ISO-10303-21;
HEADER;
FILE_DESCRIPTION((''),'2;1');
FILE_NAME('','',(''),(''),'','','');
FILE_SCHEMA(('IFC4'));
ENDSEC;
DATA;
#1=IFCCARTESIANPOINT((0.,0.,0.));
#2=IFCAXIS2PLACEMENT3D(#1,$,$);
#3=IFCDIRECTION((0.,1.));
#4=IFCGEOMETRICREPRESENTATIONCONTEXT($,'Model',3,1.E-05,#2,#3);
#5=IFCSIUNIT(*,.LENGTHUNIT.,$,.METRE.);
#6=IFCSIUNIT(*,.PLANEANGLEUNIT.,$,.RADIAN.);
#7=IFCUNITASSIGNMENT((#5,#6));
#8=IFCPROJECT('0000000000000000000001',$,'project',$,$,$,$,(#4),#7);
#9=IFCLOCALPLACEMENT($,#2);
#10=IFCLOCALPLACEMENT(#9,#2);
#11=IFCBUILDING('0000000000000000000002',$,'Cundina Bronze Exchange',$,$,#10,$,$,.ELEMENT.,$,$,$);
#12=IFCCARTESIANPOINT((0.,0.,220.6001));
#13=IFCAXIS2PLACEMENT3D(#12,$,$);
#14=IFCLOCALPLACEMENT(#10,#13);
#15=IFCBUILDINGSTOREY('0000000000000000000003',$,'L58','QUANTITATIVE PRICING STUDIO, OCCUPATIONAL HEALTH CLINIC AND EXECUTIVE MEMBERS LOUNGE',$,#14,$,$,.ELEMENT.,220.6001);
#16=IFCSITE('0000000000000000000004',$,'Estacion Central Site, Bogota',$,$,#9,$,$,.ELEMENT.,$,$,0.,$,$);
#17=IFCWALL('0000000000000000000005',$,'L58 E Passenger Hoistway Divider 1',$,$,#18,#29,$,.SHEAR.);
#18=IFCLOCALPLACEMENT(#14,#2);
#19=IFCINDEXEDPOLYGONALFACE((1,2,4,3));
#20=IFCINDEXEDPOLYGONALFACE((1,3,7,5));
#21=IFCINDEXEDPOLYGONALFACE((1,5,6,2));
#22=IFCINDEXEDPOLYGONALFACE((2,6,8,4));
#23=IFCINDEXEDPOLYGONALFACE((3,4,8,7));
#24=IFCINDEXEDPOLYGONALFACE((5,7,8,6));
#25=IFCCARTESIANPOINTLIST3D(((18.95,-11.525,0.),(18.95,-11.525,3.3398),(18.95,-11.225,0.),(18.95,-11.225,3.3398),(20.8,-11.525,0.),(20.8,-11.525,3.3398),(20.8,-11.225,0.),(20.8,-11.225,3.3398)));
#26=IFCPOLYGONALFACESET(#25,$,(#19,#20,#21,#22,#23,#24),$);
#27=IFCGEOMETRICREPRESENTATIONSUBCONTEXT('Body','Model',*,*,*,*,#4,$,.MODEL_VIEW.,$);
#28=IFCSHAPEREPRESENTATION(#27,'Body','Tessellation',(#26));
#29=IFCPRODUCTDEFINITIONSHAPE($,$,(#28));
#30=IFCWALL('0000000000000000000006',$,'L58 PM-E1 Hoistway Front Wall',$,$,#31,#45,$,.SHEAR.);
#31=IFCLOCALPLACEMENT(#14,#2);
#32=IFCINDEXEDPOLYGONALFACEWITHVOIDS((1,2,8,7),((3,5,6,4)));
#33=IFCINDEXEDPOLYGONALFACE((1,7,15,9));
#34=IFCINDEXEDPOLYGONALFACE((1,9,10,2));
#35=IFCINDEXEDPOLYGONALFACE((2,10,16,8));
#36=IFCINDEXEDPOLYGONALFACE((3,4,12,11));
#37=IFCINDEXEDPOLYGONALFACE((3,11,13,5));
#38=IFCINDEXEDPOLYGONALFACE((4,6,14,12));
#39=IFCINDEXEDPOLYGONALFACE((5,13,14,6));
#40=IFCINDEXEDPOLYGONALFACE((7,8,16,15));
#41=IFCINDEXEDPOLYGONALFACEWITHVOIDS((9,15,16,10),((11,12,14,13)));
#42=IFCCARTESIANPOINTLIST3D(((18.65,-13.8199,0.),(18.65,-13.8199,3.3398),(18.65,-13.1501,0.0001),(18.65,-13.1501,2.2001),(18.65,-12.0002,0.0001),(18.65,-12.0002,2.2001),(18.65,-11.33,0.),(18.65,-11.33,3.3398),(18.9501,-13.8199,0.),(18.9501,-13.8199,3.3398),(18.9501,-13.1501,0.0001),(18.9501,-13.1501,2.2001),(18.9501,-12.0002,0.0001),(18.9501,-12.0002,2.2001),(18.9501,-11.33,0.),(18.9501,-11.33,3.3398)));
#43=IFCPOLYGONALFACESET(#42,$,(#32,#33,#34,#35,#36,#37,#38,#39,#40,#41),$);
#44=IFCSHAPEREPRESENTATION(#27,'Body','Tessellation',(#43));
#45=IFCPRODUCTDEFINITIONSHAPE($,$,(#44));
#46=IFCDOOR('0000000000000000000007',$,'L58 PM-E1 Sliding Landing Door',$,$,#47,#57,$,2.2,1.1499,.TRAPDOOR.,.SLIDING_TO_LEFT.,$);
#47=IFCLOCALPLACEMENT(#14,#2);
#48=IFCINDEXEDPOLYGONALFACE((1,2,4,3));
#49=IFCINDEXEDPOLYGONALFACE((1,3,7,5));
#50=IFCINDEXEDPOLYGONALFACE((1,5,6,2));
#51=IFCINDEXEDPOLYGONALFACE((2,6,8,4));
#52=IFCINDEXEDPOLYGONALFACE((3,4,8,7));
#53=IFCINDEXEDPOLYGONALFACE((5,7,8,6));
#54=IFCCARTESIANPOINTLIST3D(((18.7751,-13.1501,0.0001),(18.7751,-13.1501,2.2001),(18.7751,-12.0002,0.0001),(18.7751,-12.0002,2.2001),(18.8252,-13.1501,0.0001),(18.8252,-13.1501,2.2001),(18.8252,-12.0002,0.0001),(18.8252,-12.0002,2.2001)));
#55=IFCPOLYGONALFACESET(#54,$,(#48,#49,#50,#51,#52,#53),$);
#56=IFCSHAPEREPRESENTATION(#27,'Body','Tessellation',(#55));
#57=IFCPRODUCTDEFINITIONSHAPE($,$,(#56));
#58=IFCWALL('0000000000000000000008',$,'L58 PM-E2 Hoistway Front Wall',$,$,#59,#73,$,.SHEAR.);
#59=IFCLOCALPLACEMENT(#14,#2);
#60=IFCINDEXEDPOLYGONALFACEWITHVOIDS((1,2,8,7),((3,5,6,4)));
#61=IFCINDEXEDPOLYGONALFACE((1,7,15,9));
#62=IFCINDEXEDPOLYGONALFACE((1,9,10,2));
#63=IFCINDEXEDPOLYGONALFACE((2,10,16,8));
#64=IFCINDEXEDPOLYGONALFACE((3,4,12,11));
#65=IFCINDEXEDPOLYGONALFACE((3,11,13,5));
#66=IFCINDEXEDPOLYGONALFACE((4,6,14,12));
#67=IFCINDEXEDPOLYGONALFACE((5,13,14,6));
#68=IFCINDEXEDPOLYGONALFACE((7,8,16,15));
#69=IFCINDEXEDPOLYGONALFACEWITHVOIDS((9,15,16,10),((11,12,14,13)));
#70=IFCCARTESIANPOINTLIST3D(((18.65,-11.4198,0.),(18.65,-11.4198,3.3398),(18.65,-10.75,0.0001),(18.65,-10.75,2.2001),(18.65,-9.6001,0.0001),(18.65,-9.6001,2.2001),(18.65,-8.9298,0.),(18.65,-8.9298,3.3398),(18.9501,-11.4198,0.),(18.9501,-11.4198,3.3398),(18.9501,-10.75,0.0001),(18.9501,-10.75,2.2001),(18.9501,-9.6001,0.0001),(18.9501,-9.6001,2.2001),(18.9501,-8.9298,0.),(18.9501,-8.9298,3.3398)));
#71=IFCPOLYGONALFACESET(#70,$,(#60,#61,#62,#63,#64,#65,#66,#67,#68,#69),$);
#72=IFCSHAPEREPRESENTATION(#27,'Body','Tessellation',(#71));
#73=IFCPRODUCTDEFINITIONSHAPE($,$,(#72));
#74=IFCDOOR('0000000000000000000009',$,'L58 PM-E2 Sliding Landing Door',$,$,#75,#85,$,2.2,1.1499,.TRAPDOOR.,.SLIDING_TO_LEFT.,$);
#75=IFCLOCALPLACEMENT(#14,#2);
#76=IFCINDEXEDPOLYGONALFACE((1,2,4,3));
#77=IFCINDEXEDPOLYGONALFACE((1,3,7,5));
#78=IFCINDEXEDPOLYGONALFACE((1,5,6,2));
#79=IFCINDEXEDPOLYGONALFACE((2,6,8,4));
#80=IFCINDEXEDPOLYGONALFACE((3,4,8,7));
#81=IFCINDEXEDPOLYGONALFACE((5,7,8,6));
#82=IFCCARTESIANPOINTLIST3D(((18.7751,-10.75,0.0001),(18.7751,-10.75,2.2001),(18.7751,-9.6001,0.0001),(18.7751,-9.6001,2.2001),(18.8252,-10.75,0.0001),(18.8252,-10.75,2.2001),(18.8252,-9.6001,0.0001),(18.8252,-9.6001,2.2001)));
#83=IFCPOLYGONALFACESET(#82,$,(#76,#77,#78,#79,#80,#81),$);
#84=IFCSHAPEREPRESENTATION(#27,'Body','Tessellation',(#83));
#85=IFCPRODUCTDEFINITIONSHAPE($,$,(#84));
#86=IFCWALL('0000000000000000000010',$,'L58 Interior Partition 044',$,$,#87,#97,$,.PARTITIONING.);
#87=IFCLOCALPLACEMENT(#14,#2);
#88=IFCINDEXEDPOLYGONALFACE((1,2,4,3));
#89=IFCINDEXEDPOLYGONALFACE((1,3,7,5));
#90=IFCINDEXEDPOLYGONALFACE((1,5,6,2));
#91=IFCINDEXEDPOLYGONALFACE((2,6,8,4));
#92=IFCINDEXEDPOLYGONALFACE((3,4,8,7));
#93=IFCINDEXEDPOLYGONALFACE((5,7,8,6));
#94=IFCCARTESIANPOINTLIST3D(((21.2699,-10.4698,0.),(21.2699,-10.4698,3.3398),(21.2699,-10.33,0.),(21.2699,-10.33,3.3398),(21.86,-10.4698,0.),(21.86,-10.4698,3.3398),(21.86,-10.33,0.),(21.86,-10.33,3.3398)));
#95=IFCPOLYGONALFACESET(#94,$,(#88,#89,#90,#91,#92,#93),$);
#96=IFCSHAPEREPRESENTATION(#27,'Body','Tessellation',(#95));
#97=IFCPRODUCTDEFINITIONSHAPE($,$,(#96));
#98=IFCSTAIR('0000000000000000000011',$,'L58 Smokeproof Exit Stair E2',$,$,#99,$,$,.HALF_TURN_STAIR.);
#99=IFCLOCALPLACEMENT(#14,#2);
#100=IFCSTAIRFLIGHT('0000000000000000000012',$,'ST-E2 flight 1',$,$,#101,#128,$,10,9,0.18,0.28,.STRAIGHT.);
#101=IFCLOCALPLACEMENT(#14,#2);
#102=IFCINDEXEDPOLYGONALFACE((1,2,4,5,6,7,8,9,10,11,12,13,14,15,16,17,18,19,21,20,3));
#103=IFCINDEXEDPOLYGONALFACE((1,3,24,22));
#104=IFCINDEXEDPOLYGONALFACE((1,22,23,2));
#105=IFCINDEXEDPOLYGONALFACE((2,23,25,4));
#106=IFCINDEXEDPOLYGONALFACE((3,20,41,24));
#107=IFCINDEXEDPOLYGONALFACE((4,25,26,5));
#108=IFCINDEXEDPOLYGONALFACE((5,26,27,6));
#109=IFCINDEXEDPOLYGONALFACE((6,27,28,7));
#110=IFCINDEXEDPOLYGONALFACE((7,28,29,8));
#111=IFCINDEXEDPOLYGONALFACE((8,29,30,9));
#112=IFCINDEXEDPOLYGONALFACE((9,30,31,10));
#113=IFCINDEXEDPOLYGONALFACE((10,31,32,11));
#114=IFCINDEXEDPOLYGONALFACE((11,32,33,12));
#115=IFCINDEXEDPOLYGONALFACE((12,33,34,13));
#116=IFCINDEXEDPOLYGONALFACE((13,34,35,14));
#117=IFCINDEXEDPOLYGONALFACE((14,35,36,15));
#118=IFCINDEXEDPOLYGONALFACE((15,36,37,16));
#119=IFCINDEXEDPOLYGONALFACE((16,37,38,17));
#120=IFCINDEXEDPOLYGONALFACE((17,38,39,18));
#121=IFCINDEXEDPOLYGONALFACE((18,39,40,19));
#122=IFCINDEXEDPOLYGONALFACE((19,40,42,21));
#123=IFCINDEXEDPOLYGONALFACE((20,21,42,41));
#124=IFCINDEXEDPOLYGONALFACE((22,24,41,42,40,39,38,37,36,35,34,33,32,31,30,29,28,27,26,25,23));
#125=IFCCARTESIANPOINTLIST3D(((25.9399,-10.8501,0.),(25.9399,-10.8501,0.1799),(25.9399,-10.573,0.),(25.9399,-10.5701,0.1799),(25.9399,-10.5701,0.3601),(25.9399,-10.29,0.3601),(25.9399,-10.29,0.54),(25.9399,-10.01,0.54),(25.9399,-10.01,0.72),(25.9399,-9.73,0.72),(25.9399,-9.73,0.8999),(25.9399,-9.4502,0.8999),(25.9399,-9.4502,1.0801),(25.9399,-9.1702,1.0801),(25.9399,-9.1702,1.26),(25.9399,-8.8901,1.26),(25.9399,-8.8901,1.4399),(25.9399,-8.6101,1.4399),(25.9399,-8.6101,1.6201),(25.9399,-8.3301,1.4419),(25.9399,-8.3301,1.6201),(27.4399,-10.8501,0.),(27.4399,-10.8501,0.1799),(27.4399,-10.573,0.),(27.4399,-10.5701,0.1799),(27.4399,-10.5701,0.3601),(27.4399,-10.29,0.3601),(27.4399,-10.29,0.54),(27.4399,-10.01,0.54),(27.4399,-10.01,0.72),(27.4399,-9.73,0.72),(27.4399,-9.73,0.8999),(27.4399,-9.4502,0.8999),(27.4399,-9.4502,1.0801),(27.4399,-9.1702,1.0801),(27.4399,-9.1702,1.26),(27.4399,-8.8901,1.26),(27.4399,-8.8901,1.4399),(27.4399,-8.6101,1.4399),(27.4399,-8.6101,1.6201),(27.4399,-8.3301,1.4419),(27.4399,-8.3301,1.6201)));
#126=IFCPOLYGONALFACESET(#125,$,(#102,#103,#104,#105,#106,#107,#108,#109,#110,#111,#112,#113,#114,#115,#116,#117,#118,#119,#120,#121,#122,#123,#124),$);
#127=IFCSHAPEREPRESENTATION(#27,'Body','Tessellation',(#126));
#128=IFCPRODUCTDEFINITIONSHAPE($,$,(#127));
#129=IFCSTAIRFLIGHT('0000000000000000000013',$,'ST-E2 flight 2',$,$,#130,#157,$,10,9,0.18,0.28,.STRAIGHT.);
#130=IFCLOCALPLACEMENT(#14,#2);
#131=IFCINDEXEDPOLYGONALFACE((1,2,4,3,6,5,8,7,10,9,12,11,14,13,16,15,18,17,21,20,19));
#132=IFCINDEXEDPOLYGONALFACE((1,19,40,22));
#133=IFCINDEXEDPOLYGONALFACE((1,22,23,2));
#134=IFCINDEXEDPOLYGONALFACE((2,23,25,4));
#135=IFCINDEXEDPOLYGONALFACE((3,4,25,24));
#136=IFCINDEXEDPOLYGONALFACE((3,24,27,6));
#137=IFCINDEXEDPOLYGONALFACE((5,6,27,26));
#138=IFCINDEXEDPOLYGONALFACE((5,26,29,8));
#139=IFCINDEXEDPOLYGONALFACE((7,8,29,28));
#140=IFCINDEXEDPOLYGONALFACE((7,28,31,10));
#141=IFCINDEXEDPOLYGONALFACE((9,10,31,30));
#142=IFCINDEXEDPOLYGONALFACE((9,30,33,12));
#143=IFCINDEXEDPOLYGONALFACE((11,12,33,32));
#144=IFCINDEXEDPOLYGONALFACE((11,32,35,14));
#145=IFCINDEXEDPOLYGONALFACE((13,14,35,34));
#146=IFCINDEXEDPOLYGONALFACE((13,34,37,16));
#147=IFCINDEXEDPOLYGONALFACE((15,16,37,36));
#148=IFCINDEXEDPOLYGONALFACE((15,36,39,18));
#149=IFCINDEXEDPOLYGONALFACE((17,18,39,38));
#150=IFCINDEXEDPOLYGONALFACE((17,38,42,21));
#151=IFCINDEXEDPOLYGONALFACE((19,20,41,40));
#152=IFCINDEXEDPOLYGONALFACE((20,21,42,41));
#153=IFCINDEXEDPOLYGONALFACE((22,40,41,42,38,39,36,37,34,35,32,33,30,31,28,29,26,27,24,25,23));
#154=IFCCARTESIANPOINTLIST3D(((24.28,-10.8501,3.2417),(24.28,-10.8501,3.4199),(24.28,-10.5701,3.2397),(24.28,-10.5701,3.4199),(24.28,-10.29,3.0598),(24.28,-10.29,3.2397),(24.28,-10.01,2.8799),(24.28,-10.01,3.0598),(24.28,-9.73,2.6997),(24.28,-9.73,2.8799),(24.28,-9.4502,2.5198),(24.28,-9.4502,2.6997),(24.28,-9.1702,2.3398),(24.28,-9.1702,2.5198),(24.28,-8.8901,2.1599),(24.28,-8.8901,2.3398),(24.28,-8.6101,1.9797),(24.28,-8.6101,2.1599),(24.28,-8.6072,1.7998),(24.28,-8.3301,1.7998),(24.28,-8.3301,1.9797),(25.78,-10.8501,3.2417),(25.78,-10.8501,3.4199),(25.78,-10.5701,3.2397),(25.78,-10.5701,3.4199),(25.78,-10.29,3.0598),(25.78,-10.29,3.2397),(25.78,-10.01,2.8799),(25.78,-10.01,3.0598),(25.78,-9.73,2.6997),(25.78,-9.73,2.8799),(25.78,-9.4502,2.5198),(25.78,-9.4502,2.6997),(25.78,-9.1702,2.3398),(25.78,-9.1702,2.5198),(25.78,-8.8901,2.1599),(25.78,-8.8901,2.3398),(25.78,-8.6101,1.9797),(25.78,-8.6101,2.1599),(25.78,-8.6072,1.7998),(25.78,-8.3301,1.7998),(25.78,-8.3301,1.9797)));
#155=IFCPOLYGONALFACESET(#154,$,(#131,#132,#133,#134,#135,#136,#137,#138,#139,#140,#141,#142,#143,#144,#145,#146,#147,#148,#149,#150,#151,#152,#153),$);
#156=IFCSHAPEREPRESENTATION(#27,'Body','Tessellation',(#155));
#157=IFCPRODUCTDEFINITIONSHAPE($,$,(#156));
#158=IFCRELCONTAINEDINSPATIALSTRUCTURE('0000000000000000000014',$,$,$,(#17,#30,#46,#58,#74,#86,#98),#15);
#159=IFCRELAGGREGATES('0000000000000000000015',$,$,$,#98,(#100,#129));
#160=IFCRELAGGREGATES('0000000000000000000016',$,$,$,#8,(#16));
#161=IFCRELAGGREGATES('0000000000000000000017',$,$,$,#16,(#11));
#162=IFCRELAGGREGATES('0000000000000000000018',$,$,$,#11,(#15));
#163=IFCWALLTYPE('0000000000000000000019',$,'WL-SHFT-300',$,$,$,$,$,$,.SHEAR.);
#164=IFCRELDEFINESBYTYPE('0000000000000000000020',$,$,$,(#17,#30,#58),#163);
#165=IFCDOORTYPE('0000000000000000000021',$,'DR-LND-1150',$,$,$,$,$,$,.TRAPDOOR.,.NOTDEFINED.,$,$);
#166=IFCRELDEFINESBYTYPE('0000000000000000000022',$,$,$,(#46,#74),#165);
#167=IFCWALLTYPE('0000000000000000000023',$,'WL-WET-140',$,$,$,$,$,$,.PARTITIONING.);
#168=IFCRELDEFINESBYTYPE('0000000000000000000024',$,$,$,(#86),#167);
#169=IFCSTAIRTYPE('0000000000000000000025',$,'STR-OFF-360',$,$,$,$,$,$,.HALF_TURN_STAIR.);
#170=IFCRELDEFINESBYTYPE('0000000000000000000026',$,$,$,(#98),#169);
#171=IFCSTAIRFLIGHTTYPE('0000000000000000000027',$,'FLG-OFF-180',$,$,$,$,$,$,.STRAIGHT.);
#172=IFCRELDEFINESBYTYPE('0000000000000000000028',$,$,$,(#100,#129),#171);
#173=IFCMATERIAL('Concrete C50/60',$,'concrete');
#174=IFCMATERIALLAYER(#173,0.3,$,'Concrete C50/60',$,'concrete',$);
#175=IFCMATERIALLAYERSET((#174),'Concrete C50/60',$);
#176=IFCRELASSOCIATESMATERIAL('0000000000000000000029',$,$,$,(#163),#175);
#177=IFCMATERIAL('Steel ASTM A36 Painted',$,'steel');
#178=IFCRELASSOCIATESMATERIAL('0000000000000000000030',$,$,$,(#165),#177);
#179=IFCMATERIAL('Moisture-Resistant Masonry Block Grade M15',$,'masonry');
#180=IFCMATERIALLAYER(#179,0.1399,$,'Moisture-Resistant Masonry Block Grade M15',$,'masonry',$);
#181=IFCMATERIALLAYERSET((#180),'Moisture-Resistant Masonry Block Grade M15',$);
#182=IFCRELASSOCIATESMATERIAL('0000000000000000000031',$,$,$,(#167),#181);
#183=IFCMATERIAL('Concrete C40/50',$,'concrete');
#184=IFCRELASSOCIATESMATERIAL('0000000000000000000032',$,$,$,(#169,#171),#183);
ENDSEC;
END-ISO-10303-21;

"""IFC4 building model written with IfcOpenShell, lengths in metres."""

from ifc_helpers import new_model, si_unit, direction, frame, frame_2d, origin, place, context, subcontext, project, spatial, polyline, rectangle, outline, extrude, material, layer, layer_set, type_object, element, fill, aggregate, save


model = new_model("IFC4")

# Units and contexts
model_context = context("Model", 3, precision=1e-05, world=origin(), true_north=direction((0.0, 1.0)))
body_context = subcontext(model_context, "Body", "Model", "MODEL_VIEW")
ifc_project = project(units=[si_unit("LENGTHUNIT", "METRE"), si_unit("PLANEANGLEUNIT", "RADIAN")], contexts=[model_context])

# Site, building, storey
site_placement = place(None, origin())
site = spatial("IfcSite", under=ifc_project, at=site_placement, Name="Estacion Central Site, Bogota", CompositionType="ELEMENT", RefElevation=0.0)
building_placement = place(site_placement, origin())
building = spatial("IfcBuilding", under=site, at=building_placement, Name="Cundina Bronze Exchange", CompositionType="ELEMENT")
storey_placement = place(building_placement, frame((0.0, 0.0, 220.6001)))
storey = spatial("IfcBuildingStorey", under=building, at=storey_placement, Name="L58", Description="QUANTITATIVE PRICING STUDIO, OCCUPATIONAL HEALTH CLINIC AND EXECUTIVE MEMBERS LOUNGE", CompositionType="ELEMENT", Elevation=220.6001)

# Shared definitions
ifc_material_1 = material(Name="Concrete C50/60", Category="concrete")

# Shared definitions
ifc_layer_1 = layer(ifc_material_1, 0.3, Name="Concrete C50/60", Category="concrete")
ifc_layer_set_1 = layer_set([ifc_layer_1], Name="Concrete C50/60")
wall_type_1 = type_object("IfcWallType", Name="WL-SHFT-300", PredefinedType="SHEAR", material=ifc_layer_set_1)

# Shared definitions
ifc_material_2 = material(Name="Steel ASTM A36 Painted", Category="steel")
door_type_1 = type_object("IfcDoorType", Name="DR-LND-1150", OperationType="NOTDEFINED", PredefinedType="TRAPDOOR", material=ifc_material_2)

# Wall
wall_1_placement = place(storey_placement, frame((18.95, -11.375, 0.0), z_axis=(0.0, 0.0, 1.0), x_axis=(1.0, 0.0, 0.0)))
element("IfcWall", 1, at=wall_1_placement, inside=storey, type_object=wall_type_1, Name="L58 E Passenger Hoistway Divider 1", PredefinedType="SHEAR", context=body_context, shape_type="SweptSolid", body=[
    extrude(rectangle(XDim=1.8501, YDim=0.3, at=frame_2d((0.925, 0.0))), origin(), (0.0, 0.0, 1.0), 3.3398),
])

# Walls, openings, doors
wall_2_placement = place(storey_placement, frame((18.8, -13.8201, 0.0), z_axis=(0.0, 0.0, 1.0), x_axis=(0.0, 1.0, 0.0)))
wall_2 = element("IfcWall", 2, at=wall_2_placement, inside=storey, type_object=wall_type_1, Name="L58 PM-E1 Hoistway Front Wall", PredefinedType="SHEAR", context=body_context, shape_type="SweptSolid", body=[
    extrude(rectangle(XDim=2.49, YDim=0.3, at=frame_2d((1.2451, 0.0))), origin(), (0.0, 0.0, 1.0), 3.3398),
])
opening_1_placement = place(wall_2_placement, frame((0.6699, 0.0, 0.0)))
opening_1 = element("IfcOpeningElement", 3, at=opening_1_placement, cuts=wall_2, PredefinedType="OPENING", context=body_context, shape_type="SweptSolid", body=[
    extrude(rectangle(XDim=1.1499, YDim=2.2, at=frame_2d((0.575, 1.1001))), frame((0.0, 0.1599, 0.0), z_axis=(0.0, -1.0, 0.0), x_axis=(1.0, 0.0, 0.0)), (0.0, 0.0, 1.0), 0.3201),
])
door_1_placement = place(opening_1_placement, origin())
door_1 = element("IfcDoor", 4, at=door_1_placement, inside=storey, type_object=door_type_1, Name="L58 PM-E1 Sliding Landing Door", OperationType="SLIDING_TO_LEFT", OverallHeight=2.2, OverallWidth=1.1499, PredefinedType="TRAPDOOR", context=body_context, shape_type="SweptSolid", body=[
    extrude(rectangle(XDim=1.1499, YDim=2.2, at=frame_2d((0.575, 1.1001))), frame((0.0, 0.0249, 0.0), z_axis=(0.0, -1.0, 0.0), x_axis=(1.0, 0.0, 0.0)), (0.0, 0.0, 1.0), 0.05),
])
fill(opening_1, door_1)
wall_3_placement = place(storey_placement, frame((18.8, -11.4199, 0.0), z_axis=(0.0, 0.0, 1.0), x_axis=(0.0, 1.0, 0.0)))
wall_3 = element("IfcWall", 5, at=wall_3_placement, inside=storey, type_object=wall_type_1, Name="L58 PM-E2 Hoistway Front Wall", PredefinedType="SHEAR", context=body_context, shape_type="SweptSolid", body=[
    extrude(rectangle(XDim=2.49, YDim=0.3, at=frame_2d((1.2451, 0.0))), origin(), (0.0, 0.0, 1.0), 3.3398),
])
opening_2_placement = place(wall_3_placement, frame((0.6699, 0.0, 0.0)))
opening_2 = element("IfcOpeningElement", 6, at=opening_2_placement, cuts=wall_3, PredefinedType="OPENING", context=body_context, shape_type="SweptSolid", body=[
    extrude(rectangle(XDim=1.1499, YDim=2.2, at=frame_2d((0.575, 1.1001))), frame((0.0, 0.1599, 0.0), z_axis=(0.0, -1.0, 0.0), x_axis=(1.0, 0.0, 0.0)), (0.0, 0.0, 1.0), 0.3201),
])
door_2_placement = place(opening_2_placement, origin())
door_2 = element("IfcDoor", 7, at=door_2_placement, inside=storey, type_object=door_type_1, Name="L58 PM-E2 Sliding Landing Door", OperationType="SLIDING_TO_LEFT", OverallHeight=2.2, OverallWidth=1.1499, PredefinedType="TRAPDOOR", context=body_context, shape_type="SweptSolid", body=[
    extrude(rectangle(XDim=1.1499, YDim=2.2, at=frame_2d((0.575, 1.1001))), frame((0.0, 0.0249, 0.0), z_axis=(0.0, -1.0, 0.0), x_axis=(1.0, 0.0, 0.0)), (0.0, 0.0, 1.0), 0.05),
])
fill(opening_2, door_2)

# Wall
ifc_material_3 = material(Name="Moisture-Resistant Masonry Block Grade M15", Category="masonry")
ifc_layer_2 = layer(ifc_material_3, 0.1399, Name="Moisture-Resistant Masonry Block Grade M15", Category="masonry")
ifc_layer_set_2 = layer_set([ifc_layer_2], Name="Moisture-Resistant Masonry Block Grade M15")
wall_type_2 = type_object("IfcWallType", Name="WL-WET-140", PredefinedType="PARTITIONING", material=ifc_layer_set_2)
wall_4_placement = place(storey_placement, frame((21.27, -10.3999, 0.0), z_axis=(0.0, 0.0, 1.0), x_axis=(1.0, 0.0, 0.0)))
element("IfcWall", 8, at=wall_4_placement, inside=storey, type_object=wall_type_2, Name="L58 Interior Partition 044", PredefinedType="PARTITIONING", context=body_context, shape_type="SweptSolid", body=[
    extrude(rectangle(XDim=0.5901, YDim=0.1399, at=frame_2d((0.2949, 0.0))), origin(), (0.0, 0.0, 1.0), 3.3398),
])

# Stair, stair flights
ifc_material_4 = material(Name="Concrete C40/50", Category="concrete")
stair_type = type_object("IfcStairType", Name="STR-OFF-360", PredefinedType="HALF_TURN_STAIR", material=ifc_material_4)
stair_placement = place(storey_placement, origin())
stair = element("IfcStair", 9, at=stair_placement, inside=storey, type_object=stair_type, Name="L58 Smokeproof Exit Stair E2", PredefinedType="HALF_TURN_STAIR")
stair_flight_type = type_object("IfcStairFlightType", Name="FLG-OFF-180", PredefinedType="STRAIGHT", material=ifc_material_4)
stair_flight_1_placement = place(storey_placement, frame((26.6899, -10.8501, 0.0), z_axis=(0.0, 0.0, 1.0), x_axis=(0.0, 1.0, 0.0)))
stair_flight_1 = element("IfcStairFlight", 10, at=stair_flight_1_placement, type_object=stair_flight_type, Name="ST-E2 flight 1", NumberOfRisers=10, NumberOfTreads=9, PredefinedType="STRAIGHT", RiserHeight=0.18, TreadLength=0.28, context=body_context, shape_type="SweptSolid", body=[
    extrude(outline(polyline([(0.0, 0.0), (0.0, 0.1799), (0.28, 0.1799), (0.28, 0.3601), (0.5601, 0.3601), (0.5601, 0.54), (0.8401, 0.54), (0.8401, 0.72), (1.1201, 0.72), (1.1201, 0.8999), (1.3999, 0.8999), (1.3999, 1.0801), (1.6799, 1.0801), (1.6799, 1.26), (1.96, 1.26), (1.96, 1.4399), (2.24, 1.4399), (2.24, 1.6201), (2.52, 1.6201), (2.52, 1.8), (2.52, 1.4419), (0.2771, 0.0), (0.0, 0.0)])), frame((0.0, 0.75, 0.0), z_axis=(0.0, -1.0, 0.0), x_axis=(1.0, 0.0, 0.0)), (0.0, 0.0, 1.0), 1.5),
])
stair_flight_2_placement = place(storey_placement, frame((25.03, -8.3301, 1.7998), z_axis=(0.0, 0.0, 1.0), x_axis=(0.0, -1.0, 0.0)))
stair_flight_2 = element("IfcStairFlight", 11, at=stair_flight_2_placement, type_object=stair_flight_type, Name="ST-E2 flight 2", NumberOfRisers=10, NumberOfTreads=9, PredefinedType="STRAIGHT", RiserHeight=0.18, TreadLength=0.28, context=body_context, shape_type="SweptSolid", body=[
    extrude(outline(polyline([(0.0, 0.0), (0.0, 0.1799), (0.28, 0.1799), (0.28, 0.3601), (0.5601, 0.3601), (0.5601, 0.54), (0.8401, 0.54), (0.8401, 0.72), (1.1201, 0.72), (1.1201, 0.8999), (1.3999, 0.8999), (1.3999, 1.0801), (1.6799, 1.0801), (1.6799, 1.26), (1.96, 1.26), (1.96, 1.4399), (2.24, 1.4399), (2.24, 1.6201), (2.52, 1.6201), (2.52, 1.8), (2.52, 1.4419), (0.2771, 0.0), (0.0, 0.0)])), frame((0.0, 0.75, 0.0), z_axis=(0.0, -1.0, 0.0), x_axis=(1.0, 0.0, 0.0)), (0.0, 0.0, 1.0), 1.5),
])
aggregate(stair, [stair_flight_1, stair_flight_2])

save(model, "model.ifc")
